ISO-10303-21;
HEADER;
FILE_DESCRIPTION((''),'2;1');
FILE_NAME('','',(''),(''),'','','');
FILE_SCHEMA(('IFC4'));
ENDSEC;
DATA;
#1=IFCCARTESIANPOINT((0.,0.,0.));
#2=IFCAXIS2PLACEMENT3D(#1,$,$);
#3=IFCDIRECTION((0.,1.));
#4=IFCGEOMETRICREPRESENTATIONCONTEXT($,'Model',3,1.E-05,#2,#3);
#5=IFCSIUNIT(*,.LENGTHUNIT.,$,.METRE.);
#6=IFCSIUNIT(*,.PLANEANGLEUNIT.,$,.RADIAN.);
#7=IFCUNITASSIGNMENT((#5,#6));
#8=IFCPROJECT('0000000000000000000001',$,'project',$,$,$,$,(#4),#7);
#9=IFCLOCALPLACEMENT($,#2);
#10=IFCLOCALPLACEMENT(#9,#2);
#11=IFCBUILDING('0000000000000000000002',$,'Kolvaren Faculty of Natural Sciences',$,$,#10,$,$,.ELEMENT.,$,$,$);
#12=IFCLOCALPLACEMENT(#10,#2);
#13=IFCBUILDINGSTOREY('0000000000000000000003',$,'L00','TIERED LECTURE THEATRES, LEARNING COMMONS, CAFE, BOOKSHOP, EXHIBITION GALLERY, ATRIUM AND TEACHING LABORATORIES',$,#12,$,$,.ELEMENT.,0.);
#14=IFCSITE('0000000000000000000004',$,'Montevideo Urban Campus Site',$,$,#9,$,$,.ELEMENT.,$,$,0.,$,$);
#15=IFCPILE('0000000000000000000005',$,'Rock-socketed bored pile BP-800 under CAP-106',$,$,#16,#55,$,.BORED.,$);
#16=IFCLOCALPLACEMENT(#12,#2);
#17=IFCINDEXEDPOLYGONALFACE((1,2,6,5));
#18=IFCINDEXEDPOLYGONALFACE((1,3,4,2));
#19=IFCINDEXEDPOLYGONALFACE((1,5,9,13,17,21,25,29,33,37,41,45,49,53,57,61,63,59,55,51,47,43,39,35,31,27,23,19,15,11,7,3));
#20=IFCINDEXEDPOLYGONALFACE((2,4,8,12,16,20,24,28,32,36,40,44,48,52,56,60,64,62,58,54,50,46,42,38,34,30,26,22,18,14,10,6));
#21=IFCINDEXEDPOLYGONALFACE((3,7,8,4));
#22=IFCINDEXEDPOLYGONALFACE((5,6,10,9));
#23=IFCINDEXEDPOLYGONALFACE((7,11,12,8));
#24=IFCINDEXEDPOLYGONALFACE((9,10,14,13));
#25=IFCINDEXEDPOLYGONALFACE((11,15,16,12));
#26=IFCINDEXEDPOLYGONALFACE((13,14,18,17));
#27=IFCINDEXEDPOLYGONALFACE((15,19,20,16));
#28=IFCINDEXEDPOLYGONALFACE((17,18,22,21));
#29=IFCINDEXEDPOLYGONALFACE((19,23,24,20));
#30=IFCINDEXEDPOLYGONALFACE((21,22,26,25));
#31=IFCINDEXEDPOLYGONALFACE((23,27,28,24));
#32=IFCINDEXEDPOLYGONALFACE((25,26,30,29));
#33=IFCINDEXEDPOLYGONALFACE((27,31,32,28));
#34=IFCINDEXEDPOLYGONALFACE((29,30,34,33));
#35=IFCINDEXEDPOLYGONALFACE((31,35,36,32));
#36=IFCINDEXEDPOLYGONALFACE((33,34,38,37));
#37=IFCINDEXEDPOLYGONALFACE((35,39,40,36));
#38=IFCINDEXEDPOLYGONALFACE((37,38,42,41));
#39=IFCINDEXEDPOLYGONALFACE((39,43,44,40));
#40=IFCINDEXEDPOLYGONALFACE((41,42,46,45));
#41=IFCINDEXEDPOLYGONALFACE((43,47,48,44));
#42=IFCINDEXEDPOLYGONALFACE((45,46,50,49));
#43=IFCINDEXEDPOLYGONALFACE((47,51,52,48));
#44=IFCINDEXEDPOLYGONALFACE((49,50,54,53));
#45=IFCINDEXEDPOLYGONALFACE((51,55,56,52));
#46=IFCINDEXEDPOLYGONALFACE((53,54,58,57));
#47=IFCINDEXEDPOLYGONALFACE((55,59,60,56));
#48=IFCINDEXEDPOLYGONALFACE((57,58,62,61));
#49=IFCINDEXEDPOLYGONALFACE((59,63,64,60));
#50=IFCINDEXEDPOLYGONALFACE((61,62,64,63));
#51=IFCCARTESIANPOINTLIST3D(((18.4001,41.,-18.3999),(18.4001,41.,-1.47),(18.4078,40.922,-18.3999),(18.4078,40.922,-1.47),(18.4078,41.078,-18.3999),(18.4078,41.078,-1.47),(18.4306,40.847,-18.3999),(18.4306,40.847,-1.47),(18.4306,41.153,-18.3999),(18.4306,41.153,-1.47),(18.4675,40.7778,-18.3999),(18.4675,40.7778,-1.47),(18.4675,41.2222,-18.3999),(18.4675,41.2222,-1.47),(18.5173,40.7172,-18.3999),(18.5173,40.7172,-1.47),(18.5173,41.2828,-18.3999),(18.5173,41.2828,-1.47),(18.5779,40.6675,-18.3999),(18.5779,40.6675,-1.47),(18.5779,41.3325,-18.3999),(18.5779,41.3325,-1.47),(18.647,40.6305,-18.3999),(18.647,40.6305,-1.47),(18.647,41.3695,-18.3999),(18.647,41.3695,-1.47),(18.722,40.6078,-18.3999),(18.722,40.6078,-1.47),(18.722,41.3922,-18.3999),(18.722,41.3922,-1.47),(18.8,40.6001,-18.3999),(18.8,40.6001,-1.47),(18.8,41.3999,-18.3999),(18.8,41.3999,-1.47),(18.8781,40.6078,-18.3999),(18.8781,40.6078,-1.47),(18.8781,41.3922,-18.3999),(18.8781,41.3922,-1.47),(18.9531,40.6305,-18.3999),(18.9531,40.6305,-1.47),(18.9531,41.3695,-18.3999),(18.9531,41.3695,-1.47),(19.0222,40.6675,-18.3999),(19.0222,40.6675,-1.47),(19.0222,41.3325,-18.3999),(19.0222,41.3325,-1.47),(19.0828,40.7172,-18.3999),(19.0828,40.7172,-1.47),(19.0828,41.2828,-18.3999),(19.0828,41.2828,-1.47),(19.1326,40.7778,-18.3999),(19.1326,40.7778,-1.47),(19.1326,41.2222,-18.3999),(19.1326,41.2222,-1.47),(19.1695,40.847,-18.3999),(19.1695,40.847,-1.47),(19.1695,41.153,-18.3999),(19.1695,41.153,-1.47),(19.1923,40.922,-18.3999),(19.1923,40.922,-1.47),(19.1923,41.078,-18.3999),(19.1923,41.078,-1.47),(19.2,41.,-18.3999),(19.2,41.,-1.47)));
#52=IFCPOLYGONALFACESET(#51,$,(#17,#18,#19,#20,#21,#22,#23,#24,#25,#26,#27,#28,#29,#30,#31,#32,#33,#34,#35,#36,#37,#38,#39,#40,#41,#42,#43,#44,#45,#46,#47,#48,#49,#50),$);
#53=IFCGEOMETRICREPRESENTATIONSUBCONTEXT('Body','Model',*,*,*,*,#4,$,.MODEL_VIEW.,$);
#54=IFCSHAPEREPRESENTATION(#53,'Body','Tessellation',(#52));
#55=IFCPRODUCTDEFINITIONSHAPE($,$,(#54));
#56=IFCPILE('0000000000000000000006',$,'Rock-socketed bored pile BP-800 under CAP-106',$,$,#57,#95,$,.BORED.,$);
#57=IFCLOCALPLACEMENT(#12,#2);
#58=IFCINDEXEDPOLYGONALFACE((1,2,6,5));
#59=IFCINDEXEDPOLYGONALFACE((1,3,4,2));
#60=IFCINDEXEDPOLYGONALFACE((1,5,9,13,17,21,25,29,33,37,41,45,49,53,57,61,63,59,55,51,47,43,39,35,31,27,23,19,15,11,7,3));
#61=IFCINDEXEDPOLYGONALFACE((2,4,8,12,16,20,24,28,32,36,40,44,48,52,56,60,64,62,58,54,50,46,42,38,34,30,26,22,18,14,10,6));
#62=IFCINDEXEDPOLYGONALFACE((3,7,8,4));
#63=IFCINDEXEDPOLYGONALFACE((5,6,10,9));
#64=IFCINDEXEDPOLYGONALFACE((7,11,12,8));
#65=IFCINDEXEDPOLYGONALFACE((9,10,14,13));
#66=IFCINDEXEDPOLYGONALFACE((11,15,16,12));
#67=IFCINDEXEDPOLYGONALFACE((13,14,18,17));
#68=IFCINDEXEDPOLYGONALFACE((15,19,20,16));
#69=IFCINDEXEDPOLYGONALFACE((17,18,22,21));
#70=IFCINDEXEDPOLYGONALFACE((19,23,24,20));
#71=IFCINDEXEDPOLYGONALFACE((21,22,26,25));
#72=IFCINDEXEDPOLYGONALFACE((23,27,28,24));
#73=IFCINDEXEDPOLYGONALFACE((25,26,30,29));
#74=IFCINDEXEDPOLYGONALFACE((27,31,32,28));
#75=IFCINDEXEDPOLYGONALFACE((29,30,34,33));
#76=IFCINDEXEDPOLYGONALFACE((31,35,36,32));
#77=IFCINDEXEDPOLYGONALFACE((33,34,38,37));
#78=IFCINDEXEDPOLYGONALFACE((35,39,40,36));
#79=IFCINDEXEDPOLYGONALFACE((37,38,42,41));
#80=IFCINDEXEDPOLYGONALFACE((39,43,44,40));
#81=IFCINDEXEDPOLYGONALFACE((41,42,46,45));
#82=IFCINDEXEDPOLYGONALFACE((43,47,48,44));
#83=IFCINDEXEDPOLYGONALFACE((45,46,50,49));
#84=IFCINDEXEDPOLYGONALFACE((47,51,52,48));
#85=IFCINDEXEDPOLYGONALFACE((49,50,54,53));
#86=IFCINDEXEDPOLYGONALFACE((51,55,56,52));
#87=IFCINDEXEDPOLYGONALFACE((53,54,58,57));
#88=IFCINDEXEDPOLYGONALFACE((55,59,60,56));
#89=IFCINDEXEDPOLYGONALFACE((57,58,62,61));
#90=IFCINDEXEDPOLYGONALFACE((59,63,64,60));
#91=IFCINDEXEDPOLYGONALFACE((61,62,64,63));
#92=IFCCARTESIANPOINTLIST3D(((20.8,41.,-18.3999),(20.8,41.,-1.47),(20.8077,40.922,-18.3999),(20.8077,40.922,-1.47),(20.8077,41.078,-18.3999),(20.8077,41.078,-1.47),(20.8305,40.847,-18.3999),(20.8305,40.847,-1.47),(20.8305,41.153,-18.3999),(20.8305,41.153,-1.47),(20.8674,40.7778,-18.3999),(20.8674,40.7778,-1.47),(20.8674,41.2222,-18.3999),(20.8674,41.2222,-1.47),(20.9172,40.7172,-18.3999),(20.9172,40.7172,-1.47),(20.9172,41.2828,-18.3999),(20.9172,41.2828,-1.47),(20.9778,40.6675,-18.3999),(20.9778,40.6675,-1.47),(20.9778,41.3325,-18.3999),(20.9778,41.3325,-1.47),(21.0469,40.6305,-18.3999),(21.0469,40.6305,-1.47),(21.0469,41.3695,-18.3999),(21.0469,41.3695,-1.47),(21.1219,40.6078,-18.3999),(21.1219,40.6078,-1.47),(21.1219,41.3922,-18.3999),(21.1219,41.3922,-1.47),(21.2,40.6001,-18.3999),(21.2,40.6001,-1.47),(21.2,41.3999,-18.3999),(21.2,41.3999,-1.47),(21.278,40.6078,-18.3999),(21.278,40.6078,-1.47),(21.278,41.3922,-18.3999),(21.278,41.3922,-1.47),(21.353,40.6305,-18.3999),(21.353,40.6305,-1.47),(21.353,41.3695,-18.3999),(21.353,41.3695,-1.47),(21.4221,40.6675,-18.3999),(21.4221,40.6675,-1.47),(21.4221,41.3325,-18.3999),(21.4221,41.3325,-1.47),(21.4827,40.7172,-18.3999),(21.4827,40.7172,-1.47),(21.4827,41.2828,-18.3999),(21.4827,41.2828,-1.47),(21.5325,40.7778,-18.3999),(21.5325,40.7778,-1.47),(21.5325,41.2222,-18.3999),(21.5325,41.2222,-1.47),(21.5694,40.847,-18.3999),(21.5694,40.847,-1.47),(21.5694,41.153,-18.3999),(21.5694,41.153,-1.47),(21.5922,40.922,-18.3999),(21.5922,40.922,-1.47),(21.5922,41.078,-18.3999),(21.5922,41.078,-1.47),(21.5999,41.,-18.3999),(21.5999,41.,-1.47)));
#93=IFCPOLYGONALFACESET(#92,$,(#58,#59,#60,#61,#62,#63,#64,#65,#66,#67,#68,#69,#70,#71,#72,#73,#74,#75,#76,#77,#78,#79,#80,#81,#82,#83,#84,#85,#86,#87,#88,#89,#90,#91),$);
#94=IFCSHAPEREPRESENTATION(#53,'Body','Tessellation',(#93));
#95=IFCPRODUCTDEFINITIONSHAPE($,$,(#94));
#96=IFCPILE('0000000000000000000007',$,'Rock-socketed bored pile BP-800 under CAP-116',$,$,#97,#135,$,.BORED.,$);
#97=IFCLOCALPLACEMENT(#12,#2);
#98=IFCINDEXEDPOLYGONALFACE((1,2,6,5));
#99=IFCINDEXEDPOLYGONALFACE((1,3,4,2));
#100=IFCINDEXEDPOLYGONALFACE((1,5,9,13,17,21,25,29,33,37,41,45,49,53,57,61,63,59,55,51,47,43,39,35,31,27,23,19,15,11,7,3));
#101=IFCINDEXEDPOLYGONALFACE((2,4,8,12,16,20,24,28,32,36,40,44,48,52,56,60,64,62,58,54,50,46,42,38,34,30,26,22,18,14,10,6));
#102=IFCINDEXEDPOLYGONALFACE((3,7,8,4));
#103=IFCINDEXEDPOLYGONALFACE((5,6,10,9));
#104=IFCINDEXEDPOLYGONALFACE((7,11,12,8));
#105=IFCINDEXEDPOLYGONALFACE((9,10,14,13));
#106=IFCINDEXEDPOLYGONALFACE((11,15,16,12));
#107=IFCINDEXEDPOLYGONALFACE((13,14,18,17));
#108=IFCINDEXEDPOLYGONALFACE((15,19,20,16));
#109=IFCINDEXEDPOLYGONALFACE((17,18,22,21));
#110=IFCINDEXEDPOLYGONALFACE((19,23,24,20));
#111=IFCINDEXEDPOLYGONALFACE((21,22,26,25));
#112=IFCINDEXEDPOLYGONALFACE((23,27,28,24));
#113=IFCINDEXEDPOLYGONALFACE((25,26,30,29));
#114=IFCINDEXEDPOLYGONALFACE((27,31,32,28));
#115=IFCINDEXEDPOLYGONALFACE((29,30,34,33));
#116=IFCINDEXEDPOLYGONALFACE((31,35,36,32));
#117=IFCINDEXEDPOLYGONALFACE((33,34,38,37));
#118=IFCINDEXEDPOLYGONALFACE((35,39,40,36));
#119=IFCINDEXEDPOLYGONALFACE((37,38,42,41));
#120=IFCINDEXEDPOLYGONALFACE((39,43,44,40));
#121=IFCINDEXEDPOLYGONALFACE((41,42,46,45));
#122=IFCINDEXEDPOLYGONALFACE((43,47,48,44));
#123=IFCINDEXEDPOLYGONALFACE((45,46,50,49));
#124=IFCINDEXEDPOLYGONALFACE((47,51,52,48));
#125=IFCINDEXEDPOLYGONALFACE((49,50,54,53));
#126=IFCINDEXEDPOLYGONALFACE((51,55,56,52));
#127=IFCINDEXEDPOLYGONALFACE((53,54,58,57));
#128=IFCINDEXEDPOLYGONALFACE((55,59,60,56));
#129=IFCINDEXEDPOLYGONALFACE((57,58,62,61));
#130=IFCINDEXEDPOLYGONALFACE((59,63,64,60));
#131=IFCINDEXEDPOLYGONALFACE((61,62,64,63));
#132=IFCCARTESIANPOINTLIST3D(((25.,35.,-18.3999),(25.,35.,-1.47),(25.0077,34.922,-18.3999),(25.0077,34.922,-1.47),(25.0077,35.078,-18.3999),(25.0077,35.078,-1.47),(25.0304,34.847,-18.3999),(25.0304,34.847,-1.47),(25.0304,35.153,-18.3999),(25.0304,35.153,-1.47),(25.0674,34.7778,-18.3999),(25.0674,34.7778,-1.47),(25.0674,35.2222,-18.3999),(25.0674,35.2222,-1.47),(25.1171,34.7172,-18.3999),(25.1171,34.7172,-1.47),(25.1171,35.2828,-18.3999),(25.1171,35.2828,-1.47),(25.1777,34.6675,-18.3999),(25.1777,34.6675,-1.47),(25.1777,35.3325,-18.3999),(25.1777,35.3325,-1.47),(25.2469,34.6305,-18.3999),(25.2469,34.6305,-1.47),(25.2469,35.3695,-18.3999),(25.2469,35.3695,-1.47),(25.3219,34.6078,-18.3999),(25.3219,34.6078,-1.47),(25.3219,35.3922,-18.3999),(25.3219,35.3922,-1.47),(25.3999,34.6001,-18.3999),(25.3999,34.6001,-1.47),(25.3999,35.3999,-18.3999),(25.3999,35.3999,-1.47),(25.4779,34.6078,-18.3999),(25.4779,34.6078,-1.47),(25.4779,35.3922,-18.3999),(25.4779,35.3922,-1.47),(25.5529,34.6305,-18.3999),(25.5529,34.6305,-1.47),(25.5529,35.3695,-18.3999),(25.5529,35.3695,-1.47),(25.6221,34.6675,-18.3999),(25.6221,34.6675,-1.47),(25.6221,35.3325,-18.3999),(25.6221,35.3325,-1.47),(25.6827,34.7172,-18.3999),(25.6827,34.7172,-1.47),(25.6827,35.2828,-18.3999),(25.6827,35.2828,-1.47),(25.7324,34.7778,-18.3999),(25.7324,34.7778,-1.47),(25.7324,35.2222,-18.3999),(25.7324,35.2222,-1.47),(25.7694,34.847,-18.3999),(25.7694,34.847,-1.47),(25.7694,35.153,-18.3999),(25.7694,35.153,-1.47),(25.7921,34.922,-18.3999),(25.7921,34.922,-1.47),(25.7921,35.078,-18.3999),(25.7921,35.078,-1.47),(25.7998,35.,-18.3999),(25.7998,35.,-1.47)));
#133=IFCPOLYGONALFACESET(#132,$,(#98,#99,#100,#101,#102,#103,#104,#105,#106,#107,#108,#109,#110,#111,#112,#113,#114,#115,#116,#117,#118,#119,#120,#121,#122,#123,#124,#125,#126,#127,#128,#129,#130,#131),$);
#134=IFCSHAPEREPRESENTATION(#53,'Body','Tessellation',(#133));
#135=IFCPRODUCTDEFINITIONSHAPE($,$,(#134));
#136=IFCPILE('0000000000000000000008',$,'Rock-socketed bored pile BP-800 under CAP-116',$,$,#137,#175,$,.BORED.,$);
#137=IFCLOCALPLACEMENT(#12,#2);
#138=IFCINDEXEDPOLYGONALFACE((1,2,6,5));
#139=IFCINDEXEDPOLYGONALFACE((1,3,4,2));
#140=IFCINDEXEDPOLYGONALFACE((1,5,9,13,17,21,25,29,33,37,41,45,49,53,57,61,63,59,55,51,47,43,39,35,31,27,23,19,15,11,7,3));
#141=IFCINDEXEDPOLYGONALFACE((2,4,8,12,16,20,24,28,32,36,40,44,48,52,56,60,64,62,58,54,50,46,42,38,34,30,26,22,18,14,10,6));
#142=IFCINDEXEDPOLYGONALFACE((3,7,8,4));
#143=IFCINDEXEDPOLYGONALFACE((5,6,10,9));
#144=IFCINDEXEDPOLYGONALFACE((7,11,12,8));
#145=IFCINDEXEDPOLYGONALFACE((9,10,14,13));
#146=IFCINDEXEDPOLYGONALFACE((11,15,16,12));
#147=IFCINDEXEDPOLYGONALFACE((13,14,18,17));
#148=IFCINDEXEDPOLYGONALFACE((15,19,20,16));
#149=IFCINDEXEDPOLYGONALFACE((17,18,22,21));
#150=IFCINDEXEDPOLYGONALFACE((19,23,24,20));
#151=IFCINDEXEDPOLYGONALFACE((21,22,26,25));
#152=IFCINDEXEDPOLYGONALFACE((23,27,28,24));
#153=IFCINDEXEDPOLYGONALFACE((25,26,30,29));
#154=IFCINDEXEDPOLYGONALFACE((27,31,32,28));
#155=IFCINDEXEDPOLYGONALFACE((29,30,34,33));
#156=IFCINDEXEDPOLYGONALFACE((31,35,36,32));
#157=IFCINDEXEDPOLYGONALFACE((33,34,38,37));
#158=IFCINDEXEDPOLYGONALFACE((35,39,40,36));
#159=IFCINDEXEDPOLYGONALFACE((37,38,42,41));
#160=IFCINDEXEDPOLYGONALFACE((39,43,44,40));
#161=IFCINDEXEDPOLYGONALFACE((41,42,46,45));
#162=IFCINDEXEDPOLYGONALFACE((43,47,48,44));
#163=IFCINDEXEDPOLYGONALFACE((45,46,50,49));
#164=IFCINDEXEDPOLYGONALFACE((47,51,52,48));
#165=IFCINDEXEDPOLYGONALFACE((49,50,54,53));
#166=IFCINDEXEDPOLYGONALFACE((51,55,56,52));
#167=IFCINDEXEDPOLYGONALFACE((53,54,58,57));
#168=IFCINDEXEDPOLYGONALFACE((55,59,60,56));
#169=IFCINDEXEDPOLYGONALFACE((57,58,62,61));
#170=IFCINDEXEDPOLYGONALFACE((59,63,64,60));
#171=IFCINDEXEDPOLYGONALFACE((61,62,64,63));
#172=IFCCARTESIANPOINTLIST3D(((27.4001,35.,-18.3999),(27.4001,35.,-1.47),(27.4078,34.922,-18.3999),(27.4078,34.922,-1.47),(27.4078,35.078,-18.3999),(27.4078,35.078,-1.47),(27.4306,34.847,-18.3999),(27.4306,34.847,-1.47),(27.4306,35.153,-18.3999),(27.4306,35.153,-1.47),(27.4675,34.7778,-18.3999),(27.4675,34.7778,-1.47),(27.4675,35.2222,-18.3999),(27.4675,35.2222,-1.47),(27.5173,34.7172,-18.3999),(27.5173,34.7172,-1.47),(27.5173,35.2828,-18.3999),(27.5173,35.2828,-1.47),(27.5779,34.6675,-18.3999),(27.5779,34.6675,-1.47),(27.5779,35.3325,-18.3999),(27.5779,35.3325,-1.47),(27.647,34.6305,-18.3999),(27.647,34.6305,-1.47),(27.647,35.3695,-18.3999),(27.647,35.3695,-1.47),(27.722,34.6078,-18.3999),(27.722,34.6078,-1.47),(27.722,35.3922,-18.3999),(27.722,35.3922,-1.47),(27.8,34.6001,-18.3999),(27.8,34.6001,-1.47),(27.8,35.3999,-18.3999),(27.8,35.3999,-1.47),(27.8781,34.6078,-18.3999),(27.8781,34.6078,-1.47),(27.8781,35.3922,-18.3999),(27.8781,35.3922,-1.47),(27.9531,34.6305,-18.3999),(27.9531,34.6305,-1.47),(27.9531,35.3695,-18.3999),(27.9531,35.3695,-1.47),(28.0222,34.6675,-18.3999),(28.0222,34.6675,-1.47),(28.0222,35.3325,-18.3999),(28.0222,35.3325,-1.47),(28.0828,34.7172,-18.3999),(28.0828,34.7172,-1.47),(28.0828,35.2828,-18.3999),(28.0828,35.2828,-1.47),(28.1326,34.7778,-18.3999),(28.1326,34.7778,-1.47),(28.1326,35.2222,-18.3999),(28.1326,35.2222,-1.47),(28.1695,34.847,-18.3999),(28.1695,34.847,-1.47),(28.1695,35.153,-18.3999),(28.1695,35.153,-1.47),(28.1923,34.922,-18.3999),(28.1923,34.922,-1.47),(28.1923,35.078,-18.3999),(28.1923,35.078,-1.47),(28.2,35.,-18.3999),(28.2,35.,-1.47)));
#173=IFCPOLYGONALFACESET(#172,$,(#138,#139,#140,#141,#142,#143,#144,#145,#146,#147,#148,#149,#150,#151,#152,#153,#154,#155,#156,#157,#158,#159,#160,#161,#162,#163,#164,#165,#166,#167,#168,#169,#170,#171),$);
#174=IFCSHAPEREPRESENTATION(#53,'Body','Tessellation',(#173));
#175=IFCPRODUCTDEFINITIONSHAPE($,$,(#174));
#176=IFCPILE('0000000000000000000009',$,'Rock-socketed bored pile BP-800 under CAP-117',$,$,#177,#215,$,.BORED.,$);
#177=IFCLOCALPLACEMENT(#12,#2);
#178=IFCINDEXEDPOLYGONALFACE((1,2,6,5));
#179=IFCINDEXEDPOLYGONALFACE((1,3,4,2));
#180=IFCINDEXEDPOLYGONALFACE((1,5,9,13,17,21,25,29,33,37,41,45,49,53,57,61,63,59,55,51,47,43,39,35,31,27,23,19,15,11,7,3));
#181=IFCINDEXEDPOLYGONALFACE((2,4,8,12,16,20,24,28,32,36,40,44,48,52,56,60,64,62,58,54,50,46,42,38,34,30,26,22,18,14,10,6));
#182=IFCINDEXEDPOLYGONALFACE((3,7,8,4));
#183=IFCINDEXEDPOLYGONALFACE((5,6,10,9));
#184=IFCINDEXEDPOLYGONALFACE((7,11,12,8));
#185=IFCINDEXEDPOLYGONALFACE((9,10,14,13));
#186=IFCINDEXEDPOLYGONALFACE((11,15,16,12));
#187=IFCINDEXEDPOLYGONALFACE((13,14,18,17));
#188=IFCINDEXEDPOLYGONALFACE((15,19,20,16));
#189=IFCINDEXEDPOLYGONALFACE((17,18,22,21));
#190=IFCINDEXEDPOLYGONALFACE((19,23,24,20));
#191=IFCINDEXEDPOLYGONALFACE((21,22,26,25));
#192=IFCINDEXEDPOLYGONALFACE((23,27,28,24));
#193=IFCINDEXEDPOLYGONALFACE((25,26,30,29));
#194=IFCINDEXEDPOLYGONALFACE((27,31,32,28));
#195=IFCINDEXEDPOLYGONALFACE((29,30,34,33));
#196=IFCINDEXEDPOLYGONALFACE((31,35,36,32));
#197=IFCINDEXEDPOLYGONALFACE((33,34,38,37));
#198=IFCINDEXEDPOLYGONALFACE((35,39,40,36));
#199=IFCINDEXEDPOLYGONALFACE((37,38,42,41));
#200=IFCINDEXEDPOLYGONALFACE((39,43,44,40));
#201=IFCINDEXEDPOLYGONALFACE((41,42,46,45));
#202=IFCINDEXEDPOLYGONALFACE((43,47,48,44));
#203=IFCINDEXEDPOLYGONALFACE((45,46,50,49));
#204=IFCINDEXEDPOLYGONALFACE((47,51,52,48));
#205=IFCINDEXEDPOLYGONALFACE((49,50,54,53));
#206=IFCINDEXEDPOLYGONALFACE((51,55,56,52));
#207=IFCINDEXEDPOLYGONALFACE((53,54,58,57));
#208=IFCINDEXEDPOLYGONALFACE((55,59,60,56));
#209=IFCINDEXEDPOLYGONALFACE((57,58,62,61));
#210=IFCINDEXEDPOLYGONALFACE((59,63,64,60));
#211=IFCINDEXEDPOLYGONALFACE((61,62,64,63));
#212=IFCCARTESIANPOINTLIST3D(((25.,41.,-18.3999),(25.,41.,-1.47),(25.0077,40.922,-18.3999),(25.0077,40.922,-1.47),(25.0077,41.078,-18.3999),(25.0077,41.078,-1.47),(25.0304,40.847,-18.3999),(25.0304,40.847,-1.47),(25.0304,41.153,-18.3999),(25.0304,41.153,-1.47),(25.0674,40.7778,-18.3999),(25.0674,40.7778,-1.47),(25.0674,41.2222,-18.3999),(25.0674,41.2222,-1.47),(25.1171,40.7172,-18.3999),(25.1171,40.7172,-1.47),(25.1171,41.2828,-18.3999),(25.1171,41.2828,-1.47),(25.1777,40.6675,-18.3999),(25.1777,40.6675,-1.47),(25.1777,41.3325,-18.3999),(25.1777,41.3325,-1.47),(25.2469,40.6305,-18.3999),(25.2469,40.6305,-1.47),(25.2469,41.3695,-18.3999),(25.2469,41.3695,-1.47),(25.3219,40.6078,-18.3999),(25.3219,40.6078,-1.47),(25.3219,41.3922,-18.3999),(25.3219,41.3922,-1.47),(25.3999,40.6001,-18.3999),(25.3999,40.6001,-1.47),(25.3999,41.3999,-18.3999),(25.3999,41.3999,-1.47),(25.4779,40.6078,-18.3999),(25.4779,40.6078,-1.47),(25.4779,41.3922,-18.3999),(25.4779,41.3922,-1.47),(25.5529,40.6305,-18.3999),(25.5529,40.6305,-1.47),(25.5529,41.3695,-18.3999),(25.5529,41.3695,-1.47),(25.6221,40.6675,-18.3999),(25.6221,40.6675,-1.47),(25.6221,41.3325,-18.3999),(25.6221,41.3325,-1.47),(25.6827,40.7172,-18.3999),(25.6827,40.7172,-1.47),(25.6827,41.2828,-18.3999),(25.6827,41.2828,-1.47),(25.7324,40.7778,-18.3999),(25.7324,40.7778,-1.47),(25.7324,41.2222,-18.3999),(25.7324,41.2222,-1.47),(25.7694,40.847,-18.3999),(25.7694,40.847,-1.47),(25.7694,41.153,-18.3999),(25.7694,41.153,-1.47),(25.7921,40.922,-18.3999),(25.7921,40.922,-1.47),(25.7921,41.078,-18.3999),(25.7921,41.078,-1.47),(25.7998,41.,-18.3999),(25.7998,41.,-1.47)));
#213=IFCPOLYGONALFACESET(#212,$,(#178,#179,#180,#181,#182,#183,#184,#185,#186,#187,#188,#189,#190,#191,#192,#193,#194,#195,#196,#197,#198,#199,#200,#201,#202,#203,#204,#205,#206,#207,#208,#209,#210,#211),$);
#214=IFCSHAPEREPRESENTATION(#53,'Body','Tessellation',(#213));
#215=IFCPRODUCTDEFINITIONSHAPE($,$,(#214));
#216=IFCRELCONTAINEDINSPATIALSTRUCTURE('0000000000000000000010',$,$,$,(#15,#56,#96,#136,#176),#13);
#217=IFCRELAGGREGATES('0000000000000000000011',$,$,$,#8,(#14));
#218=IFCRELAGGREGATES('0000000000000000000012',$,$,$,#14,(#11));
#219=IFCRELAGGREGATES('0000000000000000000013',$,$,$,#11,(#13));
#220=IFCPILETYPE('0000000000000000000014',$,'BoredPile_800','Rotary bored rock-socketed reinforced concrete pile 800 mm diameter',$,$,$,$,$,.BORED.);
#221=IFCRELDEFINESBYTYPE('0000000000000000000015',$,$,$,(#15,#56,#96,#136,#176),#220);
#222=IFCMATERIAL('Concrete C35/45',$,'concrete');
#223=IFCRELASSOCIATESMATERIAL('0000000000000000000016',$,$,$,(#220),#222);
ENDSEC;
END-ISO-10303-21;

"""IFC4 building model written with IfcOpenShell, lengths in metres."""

from ifc_helpers import new_model, si_unit, direction, frame, origin, origin_2d, place, context, subcontext, project, spatial, circle, extrude, material, material_profile, profile_set, type_object, element, save


model = new_model("IFC4")

# Units and contexts
model_context = context("Model", 3, precision=1e-05, world=origin(), true_north=direction((0.0, 1.0)))
body_context = subcontext(model_context, "Body", "Model", "MODEL_VIEW")
ifc_project = project(units=[si_unit("LENGTHUNIT", "METRE"), si_unit("PLANEANGLEUNIT", "RADIAN")], contexts=[model_context])

# Site, building, storey
site_placement = place(None, origin())
site = spatial("IfcSite", under=ifc_project, at=site_placement, Name="Montevideo Urban Campus Site", CompositionType="ELEMENT", RefElevation=0.0)
building_placement = place(site_placement, origin())
building = spatial("IfcBuilding", under=site, at=building_placement, Name="Kolvaren Faculty of Natural Sciences", CompositionType="ELEMENT")
storey_placement = place(building_placement, origin())
storey = spatial("IfcBuildingStorey", under=building, at=storey_placement, Name="L00", Description="TIERED LECTURE THEATRES, LEARNING COMMONS, CAFE, BOOKSHOP, EXHIBITION GALLERY, ATRIUM AND TEACHING LABORATORIES", CompositionType="ELEMENT", Elevation=0.0)

# Piles
ifc_material_1 = material(Name="Concrete C35/45", Category="concrete")
ifc_material_profile_1 = material_profile(ifc_material_1, circle(Radius=0.3999, at=origin_2d()), Name="PILE D800")
ifc_profile_set_1 = profile_set([ifc_material_profile_1], Name="Concrete C35/45")
pile_type_1 = type_object("IfcPileType", Name="BoredPile_800", Description="Rotary bored rock-socketed reinforced concrete pile 800 mm diameter", PredefinedType="BORED", material=ifc_profile_set_1)
for number, where, z_axis, x_axis, name in (
    (1, (18.8, 41.0, -1.47), (0.0, 0.0, -1.0), (1.0, 0.0, 0.0), "Rock-socketed bored pile BP-800 under CAP-106"),
    (2, (21.2, 41.0, -1.47), (0.0, 0.0, -1.0), (1.0, 0.0, 0.0), "Rock-socketed bored pile BP-800 under CAP-106"),
    (3, (25.3999, 35.0, -1.47), (0.0, 0.0, -1.0), (1.0, 0.0, 0.0), "Rock-socketed bored pile BP-800 under CAP-116"),
    (4, (27.8, 35.0, -1.47), (0.0, 0.0, -1.0), (1.0, 0.0, 0.0), "Rock-socketed bored pile BP-800 under CAP-116"),
    (5, (25.3999, 41.0, -1.47), (0.0, 0.0, -1.0), (1.0, 0.0, 0.0), "Rock-socketed bored pile BP-800 under CAP-117"),
):
    element("IfcPile", number, at=place(storey_placement, frame(where, z_axis=z_axis, x_axis=x_axis)), inside=storey, type_object=pile_type_1, Name=name, PredefinedType="BORED", context=body_context, shape_type="SweptSolid", body=[
        extrude(circle(Radius=0.3999, at=origin_2d()), origin(), (0.0, 0.0, 1.0), 16.9299),
    ])

save(model, "model.ifc")
